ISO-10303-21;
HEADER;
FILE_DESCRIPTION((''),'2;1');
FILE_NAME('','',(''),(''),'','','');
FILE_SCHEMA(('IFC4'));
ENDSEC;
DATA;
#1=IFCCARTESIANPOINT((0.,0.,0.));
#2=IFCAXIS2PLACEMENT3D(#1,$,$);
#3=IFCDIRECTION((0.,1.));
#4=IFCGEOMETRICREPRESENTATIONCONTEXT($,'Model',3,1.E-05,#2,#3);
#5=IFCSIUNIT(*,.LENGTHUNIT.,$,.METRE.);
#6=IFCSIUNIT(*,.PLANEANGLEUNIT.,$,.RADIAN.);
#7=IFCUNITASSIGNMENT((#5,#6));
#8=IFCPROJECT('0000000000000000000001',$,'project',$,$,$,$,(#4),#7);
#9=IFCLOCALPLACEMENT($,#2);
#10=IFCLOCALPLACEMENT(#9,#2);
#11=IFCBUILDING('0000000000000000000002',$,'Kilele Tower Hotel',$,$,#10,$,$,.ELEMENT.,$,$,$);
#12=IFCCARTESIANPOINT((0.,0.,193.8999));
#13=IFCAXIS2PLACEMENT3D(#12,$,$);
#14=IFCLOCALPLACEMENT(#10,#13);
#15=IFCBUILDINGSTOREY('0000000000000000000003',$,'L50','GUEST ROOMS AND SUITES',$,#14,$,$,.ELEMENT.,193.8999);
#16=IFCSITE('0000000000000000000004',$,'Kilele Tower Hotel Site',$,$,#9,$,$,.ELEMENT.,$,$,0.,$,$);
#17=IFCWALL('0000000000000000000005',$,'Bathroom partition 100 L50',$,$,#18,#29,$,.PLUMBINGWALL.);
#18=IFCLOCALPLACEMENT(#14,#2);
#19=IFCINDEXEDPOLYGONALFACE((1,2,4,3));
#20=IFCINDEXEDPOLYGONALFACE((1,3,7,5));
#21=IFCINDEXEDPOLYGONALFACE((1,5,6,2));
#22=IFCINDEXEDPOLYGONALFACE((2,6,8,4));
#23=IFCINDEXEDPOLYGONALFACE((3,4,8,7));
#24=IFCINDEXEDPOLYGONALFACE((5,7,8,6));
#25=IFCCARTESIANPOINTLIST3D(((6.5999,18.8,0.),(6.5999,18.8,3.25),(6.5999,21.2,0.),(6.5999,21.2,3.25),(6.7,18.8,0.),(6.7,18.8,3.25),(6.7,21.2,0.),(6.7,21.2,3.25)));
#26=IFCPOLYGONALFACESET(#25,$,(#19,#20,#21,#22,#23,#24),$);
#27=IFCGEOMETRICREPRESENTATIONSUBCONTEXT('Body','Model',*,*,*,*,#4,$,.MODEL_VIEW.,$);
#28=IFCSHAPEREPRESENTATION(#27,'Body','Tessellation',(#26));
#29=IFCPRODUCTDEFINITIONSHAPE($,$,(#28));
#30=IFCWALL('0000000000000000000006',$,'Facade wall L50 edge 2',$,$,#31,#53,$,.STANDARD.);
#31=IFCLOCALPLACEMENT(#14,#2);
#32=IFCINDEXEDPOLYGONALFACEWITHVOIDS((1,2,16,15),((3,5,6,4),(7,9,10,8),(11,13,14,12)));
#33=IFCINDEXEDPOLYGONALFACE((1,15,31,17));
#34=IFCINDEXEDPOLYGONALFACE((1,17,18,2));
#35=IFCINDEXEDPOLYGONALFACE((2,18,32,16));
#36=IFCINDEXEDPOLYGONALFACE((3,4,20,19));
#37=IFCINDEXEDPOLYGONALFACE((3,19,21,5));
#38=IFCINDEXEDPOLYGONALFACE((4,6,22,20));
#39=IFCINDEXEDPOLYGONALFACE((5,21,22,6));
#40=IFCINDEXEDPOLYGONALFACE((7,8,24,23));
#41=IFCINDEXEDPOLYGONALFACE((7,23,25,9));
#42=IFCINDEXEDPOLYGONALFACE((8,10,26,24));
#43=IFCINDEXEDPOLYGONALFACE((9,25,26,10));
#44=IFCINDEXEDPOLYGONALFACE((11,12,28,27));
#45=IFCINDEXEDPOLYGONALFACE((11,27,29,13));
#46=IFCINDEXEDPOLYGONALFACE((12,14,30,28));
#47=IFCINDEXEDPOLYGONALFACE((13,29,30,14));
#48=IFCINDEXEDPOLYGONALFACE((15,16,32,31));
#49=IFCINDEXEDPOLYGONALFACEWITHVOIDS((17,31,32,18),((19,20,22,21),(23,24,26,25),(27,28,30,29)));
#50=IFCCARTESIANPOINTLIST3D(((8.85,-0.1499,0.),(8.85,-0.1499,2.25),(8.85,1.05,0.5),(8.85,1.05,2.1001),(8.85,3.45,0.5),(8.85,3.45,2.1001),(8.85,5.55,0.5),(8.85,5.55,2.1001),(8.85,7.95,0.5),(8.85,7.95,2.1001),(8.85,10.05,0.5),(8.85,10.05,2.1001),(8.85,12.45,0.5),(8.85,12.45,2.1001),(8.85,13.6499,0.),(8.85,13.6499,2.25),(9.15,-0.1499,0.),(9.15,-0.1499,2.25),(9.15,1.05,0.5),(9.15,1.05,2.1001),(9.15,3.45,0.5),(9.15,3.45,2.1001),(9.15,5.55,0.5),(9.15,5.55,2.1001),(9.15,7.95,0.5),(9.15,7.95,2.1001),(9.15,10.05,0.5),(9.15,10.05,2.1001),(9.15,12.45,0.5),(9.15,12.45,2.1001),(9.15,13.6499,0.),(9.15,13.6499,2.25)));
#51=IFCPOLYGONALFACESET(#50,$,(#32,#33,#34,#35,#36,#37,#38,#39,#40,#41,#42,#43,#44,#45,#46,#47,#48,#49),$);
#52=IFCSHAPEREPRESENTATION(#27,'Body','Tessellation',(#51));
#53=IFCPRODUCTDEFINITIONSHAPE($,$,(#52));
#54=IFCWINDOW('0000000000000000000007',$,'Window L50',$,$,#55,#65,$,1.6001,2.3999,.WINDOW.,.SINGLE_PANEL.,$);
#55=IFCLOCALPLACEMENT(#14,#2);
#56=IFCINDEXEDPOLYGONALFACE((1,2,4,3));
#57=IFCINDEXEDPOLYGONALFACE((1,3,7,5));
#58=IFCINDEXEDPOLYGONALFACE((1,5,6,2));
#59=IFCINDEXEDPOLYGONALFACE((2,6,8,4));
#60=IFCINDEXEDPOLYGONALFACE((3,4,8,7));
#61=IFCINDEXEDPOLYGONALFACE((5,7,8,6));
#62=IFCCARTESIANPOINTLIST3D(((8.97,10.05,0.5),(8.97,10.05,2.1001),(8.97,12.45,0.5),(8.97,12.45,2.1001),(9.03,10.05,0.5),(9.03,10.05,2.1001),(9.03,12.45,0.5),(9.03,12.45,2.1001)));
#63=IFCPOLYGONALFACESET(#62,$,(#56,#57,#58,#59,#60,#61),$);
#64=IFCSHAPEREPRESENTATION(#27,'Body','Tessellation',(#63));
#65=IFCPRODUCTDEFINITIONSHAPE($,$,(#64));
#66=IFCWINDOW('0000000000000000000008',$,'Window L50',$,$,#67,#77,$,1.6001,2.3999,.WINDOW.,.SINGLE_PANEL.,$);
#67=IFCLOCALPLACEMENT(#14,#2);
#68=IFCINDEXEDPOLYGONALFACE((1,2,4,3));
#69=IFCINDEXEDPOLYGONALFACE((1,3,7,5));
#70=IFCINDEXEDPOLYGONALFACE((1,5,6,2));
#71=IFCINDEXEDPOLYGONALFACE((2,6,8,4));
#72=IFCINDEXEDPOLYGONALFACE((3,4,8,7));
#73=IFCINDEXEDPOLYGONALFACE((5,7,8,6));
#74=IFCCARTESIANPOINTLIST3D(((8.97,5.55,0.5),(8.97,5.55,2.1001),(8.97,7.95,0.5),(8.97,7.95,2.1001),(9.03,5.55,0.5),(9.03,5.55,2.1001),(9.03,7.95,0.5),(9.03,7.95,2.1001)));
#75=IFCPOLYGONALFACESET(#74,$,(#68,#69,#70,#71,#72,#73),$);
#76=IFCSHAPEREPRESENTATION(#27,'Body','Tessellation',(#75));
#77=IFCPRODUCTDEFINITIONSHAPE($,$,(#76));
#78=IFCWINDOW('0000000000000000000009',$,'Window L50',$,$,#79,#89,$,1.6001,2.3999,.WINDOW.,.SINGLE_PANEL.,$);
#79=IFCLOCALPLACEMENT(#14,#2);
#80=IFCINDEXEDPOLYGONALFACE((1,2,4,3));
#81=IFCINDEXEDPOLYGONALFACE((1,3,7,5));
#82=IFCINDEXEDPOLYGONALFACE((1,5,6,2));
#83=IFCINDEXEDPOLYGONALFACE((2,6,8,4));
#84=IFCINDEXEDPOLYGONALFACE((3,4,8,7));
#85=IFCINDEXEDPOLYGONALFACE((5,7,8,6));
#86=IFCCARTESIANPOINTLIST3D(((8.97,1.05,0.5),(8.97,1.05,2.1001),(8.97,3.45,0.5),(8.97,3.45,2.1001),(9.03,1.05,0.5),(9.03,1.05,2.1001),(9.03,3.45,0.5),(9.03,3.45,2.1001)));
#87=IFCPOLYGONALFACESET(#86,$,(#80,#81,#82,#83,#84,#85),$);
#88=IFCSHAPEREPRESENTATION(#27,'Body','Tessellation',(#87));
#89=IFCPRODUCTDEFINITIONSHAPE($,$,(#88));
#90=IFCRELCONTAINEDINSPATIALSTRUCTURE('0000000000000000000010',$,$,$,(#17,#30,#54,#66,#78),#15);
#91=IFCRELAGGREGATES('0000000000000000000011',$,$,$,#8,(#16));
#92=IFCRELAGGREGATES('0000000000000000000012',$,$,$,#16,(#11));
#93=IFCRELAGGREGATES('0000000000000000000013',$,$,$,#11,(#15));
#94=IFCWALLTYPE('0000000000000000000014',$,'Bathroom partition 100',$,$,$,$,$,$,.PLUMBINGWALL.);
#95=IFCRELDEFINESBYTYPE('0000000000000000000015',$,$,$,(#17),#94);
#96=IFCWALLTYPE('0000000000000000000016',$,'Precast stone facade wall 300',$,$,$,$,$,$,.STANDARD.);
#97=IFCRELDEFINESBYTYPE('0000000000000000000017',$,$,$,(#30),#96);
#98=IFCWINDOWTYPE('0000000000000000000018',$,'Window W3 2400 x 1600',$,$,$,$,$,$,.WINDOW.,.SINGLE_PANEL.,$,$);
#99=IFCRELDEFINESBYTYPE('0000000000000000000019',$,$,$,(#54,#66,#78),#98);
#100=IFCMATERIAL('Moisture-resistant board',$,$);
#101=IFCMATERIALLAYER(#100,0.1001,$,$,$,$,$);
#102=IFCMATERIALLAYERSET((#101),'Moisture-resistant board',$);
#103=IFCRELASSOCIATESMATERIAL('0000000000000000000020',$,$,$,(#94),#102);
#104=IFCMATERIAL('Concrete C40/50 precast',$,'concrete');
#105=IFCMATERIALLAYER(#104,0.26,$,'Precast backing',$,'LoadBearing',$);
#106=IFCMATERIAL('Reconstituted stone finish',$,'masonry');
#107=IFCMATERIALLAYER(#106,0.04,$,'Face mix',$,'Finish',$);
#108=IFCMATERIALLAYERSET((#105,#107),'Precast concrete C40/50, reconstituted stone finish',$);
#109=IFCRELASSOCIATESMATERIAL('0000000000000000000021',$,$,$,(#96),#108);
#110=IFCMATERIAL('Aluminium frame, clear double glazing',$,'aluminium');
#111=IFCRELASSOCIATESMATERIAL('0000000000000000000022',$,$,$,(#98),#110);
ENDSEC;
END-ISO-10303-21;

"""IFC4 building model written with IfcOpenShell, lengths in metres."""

from ifc_helpers import new_model, si_unit, direction, frame, frame_2d, origin, place, context, subcontext, project, spatial, rectangle, extrude, material, layer, layer_set, type_object, element, fill, save


model = new_model("IFC4")

# Units and contexts
model_context = context("Model", 3, precision=1e-05, world=origin(), true_north=direction((0.0, 1.0)))
body_context = subcontext(model_context, "Body", "Model", "MODEL_VIEW")
ifc_project = project(units=[si_unit("LENGTHUNIT", "METRE"), si_unit("PLANEANGLEUNIT", "RADIAN")], contexts=[model_context])

# Site, building, storey
site_placement = place(None, origin())
site = spatial("IfcSite", under=ifc_project, at=site_placement, Name="Kilele Tower Hotel Site", CompositionType="ELEMENT", RefElevation=0.0)
building_placement = place(site_placement, origin())
building = spatial("IfcBuilding", under=site, at=building_placement, Name="Kilele Tower Hotel", CompositionType="ELEMENT")
storey_placement = place(building_placement, frame((0.0, 0.0, 193.8999)))
storey = spatial("IfcBuildingStorey", under=building, at=storey_placement, Name="L50", Description="GUEST ROOMS AND SUITES", CompositionType="ELEMENT", Elevation=193.8999)

# Shared definitions
ifc_material_1 = material(Name="Moisture-resistant board")
ifc_layer_1 = layer(ifc_material_1, 0.1001)
ifc_layer_set_1 = layer_set([ifc_layer_1], Name="Moisture-resistant board")
wall_type_1 = type_object("IfcWallType", Name="Bathroom partition 100", PredefinedType="PLUMBINGWALL", material=ifc_layer_set_1)

# Wall
for number, where, z_axis, x_axis, name in (
    (1, (6.6499, 18.8, 0.0), (0.0, 0.0, 1.0), (0.0, 1.0, 0.0), "Bathroom partition 100 L50"),
):
    element("IfcWall", number, at=place(storey_placement, frame(where, z_axis=z_axis, x_axis=x_axis)), inside=storey, type_object=wall_type_1, Name=name, PredefinedType="PLUMBINGWALL", context=body_context, shape_type="SweptSolid", body=[
        extrude(rectangle(XDim=2.3999, YDim=0.1001, at=frame_2d((1.2, 0.0))), origin(), (0.0, 0.0, 1.0), 3.25),
    ])

# Wall, openings, windows
ifc_material_2 = material(Name="Concrete C40/50 precast", Category="concrete")
ifc_layer_2 = layer(ifc_material_2, 0.26, Name="Precast backing", Category="LoadBearing")
ifc_material_3 = material(Name="Reconstituted stone finish", Category="masonry")
ifc_layer_3 = layer(ifc_material_3, 0.04, Name="Face mix", Category="Finish")
ifc_layer_set_2 = layer_set([ifc_layer_2, ifc_layer_3], Name="Precast concrete C40/50, reconstituted stone finish")
wall_type_2 = type_object("IfcWallType", Name="Precast stone facade wall 300", PredefinedType="STANDARD", material=ifc_layer_set_2)
wall_1_placement = place(storey_placement, frame((9.0, 13.6499, 0.0), z_axis=(0.0, 0.0, 1.0), x_axis=(0.0, -1.0, 0.0)))
wall_1 = element("IfcWall", 2, at=wall_1_placement, inside=storey, type_object=wall_type_2, Name="Facade wall L50 edge 2", PredefinedType="STANDARD", context=body_context, shape_type="SweptSolid", body=[
    extrude(rectangle(XDim=13.7998, YDim=0.3, at=frame_2d((6.8999, 0.0))), origin(), (0.0, 0.0, 1.0), 2.25),
])
opening_1_placement = place(wall_1_placement, frame((1.2, 0.0, 0.5)))
opening_1 = element("IfcOpeningElement", 3, at=opening_1_placement, cuts=wall_1, PredefinedType="OPENING", context=body_context, shape_type="SweptSolid", body=[
    extrude(rectangle(XDim=2.3999, YDim=1.6001, at=frame_2d((1.2, 0.8))), frame((0.0, 0.1599, 0.0), z_axis=(0.0, -1.0, 0.0), x_axis=(1.0, 0.0, 0.0)), (0.0, 0.0, 1.0), 0.3201),
])
opening_2_placement = place(wall_1_placement, frame((5.7, 0.0, 0.5)))
opening_2 = element("IfcOpeningElement", 4, at=opening_2_placement, cuts=wall_1, PredefinedType="OPENING", context=body_context, shape_type="SweptSolid", body=[
    extrude(rectangle(XDim=2.3999, YDim=1.6001, at=frame_2d((1.2, 0.8))), frame((0.0, 0.1599, 0.0), z_axis=(0.0, -1.0, 0.0), x_axis=(1.0, 0.0, 0.0)), (0.0, 0.0, 1.0), 0.3201),
])
opening_3_placement = place(wall_1_placement, frame((10.2, 0.0, 0.5)))
opening_3 = element("IfcOpeningElement", 5, at=opening_3_placement, cuts=wall_1, PredefinedType="OPENING", context=body_context, shape_type="SweptSolid", body=[
    extrude(rectangle(XDim=2.3999, YDim=1.6001, at=frame_2d((1.2, 0.8))), frame((0.0, 0.1599, 0.0), z_axis=(0.0, -1.0, 0.0), x_axis=(1.0, 0.0, 0.0)), (0.0, 0.0, 1.0), 0.3201),
])
ifc_material_4 = material(Name="Aluminium frame, clear double glazing", Category="aluminium")
window_type = type_object("IfcWindowType", Name="Window W3 2400 x 1600", PartitioningType="SINGLE_PANEL", PredefinedType="WINDOW", material=ifc_material_4)
window_1_placement = place(opening_1_placement, origin())
window_1 = element("IfcWindow", 6, at=window_1_placement, inside=storey, type_object=window_type, Name="Window L50", OverallHeight=1.6001, OverallWidth=2.3999, PartitioningType="SINGLE_PANEL", PredefinedType="WINDOW", context=body_context, shape_type="SweptSolid", body=[
    extrude(rectangle(XDim=2.3999, YDim=1.6001, at=frame_2d((1.2, 0.8))), frame((0.0, 0.03, 0.0), z_axis=(0.0, -1.0, 0.0), x_axis=(1.0, 0.0, 0.0)), (0.0, 0.0, 1.0), 0.0601),
])
fill(opening_1, window_1)
window_2_placement = place(opening_2_placement, origin())
window_2 = element("IfcWindow", 7, at=window_2_placement, inside=storey, type_object=window_type, Name="Window L50", OverallHeight=1.6001, OverallWidth=2.3999, PartitioningType="SINGLE_PANEL", PredefinedType="WINDOW", context=body_context, shape_type="SweptSolid", body=[
    extrude(rectangle(XDim=2.3999, YDim=1.6001, at=frame_2d((1.2, 0.8))), frame((0.0, 0.03, 0.0), z_axis=(0.0, -1.0, 0.0), x_axis=(1.0, 0.0, 0.0)), (0.0, 0.0, 1.0), 0.0601),
])
fill(opening_2, window_2)
window_3_placement = place(opening_3_placement, origin())
window_3 = element("IfcWindow", 8, at=window_3_placement, inside=storey, type_object=window_type, Name="Window L50", OverallHeight=1.6001, OverallWidth=2.3999, PartitioningType="SINGLE_PANEL", PredefinedType="WINDOW", context=body_context, shape_type="SweptSolid", body=[
    extrude(rectangle(XDim=2.3999, YDim=1.6001, at=frame_2d((1.2, 0.8))), frame((0.0, 0.03, 0.0), z_axis=(0.0, -1.0, 0.0), x_axis=(1.0, 0.0, 0.0)), (0.0, 0.0, 1.0), 0.0601),
])
fill(opening_3, window_3)

save(model, "model.ifc")
